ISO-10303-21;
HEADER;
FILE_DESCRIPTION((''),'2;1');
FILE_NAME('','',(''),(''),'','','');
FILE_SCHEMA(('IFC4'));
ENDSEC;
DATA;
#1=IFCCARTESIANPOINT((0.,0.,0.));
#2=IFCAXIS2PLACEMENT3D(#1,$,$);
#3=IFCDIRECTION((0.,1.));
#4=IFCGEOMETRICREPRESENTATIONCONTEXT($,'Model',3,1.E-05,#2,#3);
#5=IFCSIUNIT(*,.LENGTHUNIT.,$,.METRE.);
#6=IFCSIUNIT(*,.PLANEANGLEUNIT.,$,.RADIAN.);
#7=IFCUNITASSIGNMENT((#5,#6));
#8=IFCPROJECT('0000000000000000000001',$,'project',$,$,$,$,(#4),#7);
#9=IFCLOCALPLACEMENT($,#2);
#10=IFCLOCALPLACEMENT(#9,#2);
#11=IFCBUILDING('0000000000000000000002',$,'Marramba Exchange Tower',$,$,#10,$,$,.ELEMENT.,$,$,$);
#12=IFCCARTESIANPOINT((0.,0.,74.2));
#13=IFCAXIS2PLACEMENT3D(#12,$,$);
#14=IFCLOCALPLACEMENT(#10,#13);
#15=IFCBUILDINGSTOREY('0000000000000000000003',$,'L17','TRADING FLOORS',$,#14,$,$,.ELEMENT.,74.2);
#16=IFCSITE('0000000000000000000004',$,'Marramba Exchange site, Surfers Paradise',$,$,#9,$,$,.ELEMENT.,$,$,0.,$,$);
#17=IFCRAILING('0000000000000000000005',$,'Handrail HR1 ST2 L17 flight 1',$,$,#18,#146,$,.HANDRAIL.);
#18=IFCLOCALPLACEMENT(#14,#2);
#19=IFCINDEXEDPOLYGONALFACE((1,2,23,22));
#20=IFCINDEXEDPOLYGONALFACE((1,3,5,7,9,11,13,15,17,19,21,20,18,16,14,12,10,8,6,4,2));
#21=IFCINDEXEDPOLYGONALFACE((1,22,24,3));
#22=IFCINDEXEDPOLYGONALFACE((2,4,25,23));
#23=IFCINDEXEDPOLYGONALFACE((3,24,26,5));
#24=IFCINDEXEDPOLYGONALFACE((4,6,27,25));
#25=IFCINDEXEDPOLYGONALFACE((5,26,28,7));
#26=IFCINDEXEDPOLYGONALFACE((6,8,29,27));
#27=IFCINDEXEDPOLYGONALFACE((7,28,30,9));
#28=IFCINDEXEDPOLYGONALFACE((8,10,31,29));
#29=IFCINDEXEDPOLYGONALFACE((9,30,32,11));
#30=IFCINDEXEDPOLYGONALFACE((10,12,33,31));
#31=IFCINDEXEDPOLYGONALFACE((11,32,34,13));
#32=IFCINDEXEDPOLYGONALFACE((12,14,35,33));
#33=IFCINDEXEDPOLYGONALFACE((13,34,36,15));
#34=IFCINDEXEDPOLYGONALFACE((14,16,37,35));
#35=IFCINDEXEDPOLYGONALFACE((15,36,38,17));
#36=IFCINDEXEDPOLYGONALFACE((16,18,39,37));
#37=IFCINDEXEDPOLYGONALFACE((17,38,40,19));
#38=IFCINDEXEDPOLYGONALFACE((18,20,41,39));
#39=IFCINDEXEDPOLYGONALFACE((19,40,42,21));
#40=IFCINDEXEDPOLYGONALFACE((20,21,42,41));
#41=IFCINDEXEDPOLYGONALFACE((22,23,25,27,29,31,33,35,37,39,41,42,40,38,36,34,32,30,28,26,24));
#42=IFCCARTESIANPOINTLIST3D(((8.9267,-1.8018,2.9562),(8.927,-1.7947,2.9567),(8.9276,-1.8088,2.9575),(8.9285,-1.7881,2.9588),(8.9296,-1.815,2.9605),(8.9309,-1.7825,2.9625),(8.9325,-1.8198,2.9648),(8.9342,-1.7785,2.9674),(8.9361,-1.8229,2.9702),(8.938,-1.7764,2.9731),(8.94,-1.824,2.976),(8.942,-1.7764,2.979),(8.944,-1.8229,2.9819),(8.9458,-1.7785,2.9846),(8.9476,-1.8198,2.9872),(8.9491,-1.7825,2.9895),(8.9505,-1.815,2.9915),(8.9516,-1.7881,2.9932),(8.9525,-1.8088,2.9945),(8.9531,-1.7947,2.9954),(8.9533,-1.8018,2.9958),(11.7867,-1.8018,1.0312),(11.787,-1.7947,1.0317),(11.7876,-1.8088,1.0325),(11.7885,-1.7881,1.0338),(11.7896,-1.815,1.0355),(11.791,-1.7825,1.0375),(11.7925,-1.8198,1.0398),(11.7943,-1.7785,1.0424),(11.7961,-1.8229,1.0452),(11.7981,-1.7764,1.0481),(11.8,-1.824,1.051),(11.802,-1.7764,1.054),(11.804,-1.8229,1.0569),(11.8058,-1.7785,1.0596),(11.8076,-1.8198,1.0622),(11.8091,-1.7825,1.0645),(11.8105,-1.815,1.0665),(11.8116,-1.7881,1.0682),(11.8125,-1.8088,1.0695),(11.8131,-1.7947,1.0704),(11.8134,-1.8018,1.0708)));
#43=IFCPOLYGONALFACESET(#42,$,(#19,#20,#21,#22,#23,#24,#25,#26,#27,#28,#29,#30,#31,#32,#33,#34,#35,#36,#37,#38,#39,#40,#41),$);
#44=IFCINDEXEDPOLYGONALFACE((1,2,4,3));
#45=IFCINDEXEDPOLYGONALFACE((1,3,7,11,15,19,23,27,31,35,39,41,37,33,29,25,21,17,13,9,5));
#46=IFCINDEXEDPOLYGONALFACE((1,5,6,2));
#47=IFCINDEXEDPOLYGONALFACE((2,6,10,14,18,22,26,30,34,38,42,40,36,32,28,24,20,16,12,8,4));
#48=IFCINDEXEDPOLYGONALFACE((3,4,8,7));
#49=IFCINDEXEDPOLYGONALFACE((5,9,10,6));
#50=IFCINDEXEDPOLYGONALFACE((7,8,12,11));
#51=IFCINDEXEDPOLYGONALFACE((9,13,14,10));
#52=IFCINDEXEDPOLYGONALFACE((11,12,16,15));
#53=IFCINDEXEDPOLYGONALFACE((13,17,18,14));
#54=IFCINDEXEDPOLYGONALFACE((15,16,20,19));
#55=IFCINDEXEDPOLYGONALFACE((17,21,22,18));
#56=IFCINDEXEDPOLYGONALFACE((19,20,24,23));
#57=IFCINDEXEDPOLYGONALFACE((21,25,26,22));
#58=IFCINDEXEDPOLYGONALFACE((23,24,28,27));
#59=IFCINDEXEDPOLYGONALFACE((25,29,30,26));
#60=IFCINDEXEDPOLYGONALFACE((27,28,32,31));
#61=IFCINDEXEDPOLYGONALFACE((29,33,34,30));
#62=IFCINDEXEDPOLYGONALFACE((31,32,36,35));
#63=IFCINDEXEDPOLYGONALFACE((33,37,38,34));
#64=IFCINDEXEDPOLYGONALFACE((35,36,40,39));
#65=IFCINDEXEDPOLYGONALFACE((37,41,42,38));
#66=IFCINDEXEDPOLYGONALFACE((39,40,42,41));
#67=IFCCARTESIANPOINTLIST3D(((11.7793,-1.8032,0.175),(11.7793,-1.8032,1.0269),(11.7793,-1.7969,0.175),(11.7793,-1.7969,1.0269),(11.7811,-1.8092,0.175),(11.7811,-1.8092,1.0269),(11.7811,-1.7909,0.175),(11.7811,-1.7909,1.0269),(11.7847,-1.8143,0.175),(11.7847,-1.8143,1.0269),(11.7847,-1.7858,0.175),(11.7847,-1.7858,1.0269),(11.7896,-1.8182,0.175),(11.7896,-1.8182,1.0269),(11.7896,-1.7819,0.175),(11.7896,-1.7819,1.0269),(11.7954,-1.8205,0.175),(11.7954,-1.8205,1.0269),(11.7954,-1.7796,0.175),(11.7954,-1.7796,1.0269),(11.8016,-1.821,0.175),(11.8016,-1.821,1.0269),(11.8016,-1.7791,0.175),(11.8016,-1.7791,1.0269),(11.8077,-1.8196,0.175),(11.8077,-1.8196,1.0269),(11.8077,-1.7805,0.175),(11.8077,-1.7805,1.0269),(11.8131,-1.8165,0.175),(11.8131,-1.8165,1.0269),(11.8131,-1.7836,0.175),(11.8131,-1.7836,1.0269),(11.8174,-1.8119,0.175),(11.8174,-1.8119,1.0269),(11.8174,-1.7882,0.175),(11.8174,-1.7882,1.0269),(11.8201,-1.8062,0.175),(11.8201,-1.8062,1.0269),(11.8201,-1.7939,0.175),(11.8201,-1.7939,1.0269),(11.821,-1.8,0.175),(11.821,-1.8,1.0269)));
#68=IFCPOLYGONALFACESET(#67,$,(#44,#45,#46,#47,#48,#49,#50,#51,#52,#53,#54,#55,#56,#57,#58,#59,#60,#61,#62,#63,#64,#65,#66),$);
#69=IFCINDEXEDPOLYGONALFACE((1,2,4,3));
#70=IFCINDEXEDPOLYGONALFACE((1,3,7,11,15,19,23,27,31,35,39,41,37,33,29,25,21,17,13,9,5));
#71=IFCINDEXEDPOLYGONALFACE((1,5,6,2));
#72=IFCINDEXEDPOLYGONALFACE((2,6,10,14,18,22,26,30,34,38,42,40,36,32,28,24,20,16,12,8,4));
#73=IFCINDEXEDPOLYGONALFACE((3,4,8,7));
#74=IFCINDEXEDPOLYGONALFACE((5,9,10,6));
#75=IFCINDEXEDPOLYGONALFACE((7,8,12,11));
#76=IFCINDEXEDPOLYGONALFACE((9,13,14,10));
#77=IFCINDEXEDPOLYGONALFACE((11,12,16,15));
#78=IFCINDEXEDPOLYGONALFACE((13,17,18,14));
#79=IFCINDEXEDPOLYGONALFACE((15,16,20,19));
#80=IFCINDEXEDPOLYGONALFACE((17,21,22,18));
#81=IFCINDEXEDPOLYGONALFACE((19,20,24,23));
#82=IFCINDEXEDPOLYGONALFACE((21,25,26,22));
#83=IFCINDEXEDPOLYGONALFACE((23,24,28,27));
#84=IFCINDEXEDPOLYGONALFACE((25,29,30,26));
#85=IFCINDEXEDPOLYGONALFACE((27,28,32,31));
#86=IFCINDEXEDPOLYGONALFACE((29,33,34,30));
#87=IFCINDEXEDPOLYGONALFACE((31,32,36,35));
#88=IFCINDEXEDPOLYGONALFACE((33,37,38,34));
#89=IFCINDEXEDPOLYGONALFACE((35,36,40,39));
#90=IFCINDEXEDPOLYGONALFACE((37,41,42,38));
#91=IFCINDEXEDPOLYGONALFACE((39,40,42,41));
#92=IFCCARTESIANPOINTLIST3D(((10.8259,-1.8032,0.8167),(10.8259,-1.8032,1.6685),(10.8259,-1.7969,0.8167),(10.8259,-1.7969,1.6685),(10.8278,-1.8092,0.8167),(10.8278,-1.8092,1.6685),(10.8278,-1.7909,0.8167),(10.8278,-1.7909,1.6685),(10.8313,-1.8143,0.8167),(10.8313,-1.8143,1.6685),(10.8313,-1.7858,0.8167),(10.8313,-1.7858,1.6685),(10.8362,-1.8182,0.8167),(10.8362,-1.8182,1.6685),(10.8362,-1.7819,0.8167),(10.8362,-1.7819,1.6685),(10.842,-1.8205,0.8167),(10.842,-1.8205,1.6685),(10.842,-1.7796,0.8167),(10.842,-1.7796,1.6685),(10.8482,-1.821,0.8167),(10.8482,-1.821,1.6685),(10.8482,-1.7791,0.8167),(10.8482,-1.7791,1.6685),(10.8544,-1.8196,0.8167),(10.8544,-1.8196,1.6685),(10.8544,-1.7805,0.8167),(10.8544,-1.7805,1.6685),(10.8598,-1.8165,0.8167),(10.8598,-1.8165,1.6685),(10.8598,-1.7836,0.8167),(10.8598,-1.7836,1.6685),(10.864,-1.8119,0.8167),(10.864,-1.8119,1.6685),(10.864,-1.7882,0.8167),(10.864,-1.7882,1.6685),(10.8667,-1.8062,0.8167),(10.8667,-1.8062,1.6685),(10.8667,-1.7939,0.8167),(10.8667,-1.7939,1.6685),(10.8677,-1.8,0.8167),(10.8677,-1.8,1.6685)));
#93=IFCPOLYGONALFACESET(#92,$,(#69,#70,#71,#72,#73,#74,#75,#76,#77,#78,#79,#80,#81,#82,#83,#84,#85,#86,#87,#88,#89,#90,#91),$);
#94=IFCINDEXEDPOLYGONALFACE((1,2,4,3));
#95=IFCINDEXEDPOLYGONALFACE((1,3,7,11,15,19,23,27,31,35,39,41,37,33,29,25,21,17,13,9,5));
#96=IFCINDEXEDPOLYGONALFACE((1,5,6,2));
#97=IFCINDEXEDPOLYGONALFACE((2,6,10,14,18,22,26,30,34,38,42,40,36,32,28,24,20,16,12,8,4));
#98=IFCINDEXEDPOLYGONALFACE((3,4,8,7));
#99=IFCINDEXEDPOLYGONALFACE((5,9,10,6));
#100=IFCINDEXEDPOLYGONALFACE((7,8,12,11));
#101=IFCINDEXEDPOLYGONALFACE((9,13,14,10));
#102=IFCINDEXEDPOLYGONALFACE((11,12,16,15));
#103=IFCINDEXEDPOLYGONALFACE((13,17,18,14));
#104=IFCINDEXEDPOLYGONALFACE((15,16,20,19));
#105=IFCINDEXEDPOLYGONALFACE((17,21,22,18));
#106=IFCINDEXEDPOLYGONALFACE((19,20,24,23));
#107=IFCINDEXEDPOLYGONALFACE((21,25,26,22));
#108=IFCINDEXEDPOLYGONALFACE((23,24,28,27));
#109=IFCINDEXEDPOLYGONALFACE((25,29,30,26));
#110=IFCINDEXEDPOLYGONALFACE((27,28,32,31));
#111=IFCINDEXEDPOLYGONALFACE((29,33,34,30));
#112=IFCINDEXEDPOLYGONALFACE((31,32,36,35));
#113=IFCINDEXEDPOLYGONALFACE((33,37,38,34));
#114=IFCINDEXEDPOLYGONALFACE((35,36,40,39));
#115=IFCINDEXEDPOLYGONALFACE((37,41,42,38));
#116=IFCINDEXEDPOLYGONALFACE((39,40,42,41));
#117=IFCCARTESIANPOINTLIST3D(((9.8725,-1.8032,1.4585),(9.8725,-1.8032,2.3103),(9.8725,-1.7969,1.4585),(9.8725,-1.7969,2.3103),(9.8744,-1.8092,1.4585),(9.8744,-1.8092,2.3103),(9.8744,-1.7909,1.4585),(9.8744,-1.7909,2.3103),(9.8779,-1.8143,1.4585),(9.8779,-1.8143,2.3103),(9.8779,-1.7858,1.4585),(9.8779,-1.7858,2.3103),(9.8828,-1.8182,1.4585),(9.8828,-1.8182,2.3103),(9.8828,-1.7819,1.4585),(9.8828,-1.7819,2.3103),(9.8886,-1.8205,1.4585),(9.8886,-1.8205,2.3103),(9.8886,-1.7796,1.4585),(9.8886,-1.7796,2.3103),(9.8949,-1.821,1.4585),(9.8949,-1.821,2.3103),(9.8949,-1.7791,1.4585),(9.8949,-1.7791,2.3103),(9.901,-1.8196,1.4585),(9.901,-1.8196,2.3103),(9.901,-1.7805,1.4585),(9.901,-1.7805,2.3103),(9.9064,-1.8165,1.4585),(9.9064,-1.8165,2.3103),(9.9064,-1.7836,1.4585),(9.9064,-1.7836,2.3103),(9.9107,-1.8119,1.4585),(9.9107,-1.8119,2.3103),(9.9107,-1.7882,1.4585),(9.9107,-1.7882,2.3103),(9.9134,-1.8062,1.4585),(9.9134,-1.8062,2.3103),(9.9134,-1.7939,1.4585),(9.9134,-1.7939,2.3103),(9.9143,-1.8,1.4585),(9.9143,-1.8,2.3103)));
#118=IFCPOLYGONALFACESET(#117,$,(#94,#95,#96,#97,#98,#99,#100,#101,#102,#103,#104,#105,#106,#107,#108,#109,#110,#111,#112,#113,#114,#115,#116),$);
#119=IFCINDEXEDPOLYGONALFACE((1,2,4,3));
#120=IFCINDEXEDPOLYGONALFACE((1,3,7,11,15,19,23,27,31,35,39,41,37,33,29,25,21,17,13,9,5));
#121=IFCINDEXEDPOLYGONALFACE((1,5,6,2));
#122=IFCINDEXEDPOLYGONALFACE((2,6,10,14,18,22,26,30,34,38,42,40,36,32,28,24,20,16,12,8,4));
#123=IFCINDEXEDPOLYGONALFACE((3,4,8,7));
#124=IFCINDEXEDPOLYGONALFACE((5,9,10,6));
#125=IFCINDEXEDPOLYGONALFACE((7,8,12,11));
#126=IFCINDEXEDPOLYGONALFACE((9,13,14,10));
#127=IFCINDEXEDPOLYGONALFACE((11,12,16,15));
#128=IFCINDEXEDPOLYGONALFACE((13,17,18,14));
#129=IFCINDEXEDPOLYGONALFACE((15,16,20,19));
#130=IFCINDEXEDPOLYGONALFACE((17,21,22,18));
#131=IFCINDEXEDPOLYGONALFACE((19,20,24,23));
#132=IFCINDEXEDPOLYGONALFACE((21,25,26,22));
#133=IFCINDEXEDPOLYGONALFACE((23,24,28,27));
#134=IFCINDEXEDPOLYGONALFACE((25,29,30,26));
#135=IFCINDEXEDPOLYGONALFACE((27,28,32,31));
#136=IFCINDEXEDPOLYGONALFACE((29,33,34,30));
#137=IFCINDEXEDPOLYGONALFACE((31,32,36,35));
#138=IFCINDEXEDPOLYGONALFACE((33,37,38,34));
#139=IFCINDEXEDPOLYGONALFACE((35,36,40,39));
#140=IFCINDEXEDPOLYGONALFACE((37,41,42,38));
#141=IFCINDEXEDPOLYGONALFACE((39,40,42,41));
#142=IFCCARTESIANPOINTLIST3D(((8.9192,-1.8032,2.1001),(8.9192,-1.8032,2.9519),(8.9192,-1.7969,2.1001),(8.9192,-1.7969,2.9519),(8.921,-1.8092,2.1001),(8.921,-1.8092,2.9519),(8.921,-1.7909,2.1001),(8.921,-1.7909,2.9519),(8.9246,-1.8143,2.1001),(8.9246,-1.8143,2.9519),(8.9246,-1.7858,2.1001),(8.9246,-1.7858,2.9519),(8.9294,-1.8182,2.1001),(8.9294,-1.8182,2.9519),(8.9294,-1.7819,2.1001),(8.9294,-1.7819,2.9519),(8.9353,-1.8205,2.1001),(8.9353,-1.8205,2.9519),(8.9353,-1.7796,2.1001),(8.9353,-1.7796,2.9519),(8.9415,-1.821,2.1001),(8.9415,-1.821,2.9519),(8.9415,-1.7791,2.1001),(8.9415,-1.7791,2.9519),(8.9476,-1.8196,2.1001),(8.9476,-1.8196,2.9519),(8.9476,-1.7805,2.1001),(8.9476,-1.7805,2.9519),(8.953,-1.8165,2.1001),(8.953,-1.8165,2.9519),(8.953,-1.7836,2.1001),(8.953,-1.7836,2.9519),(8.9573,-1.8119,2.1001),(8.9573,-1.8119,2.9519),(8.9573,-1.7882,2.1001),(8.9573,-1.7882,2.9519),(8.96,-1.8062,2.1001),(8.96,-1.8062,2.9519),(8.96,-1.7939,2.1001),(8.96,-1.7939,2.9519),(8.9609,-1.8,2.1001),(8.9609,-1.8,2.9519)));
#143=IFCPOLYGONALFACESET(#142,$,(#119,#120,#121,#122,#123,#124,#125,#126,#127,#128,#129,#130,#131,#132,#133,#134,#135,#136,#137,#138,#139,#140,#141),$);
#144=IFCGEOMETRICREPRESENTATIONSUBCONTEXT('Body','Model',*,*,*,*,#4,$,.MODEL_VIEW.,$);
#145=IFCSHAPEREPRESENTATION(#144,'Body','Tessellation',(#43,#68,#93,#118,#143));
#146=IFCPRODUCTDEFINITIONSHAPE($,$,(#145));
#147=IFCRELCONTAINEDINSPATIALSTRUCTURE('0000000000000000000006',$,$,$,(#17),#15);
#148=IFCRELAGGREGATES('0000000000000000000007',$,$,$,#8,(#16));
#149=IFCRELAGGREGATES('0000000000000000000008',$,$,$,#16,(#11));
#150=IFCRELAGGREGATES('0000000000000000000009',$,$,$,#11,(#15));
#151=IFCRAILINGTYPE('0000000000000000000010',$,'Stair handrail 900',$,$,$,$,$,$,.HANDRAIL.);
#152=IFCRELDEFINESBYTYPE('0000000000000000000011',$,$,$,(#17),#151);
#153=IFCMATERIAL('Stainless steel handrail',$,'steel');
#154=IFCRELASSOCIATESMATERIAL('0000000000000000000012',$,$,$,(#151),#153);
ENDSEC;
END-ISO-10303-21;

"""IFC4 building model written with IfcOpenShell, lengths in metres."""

from ifc_helpers import new_model, si_unit, direction, frame, origin, origin_2d, place, context, subcontext, project, spatial, circle, extrude, material, type_object, element, save


model = new_model("IFC4")

# Units and contexts
model_context = context("Model", 3, precision=1e-05, world=origin(), true_north=direction((0.0, 1.0)))
body_context = subcontext(model_context, "Body", "Model", "MODEL_VIEW")
ifc_project = project(units=[si_unit("LENGTHUNIT", "METRE"), si_unit("PLANEANGLEUNIT", "RADIAN")], contexts=[model_context])

# Site, building, storey
site_placement = place(None, origin())
site = spatial("IfcSite", under=ifc_project, at=site_placement, Name="Marramba Exchange site, Surfers Paradise", CompositionType="ELEMENT", RefElevation=0.0)
building_placement = place(site_placement, origin())
building = spatial("IfcBuilding", under=site, at=building_placement, Name="Marramba Exchange Tower", CompositionType="ELEMENT")
storey_placement = place(building_placement, frame((0.0, 0.0, 74.2)))
storey = spatial("IfcBuildingStorey", under=building, at=storey_placement, Name="L17", Description="TRADING FLOORS", CompositionType="ELEMENT", Elevation=74.2)

# Railing
ifc_material_1 = material(Name="Stainless steel handrail", Category="steel")
railing_type = type_object("IfcRailingType", Name="Stair handrail 900", PredefinedType="HANDRAIL", material=ifc_material_1)
railing_placement = place(storey_placement, frame((11.8, -1.8, 0.175)))
element("IfcRailing", 1, at=railing_placement, inside=storey, type_object=railing_type, Name="Handrail HR1 ST2 L17 flight 1", PredefinedType="HANDRAIL", context=body_context, shape_type="SweptSolid", body=[
    extrude(circle(Radius=0.0239, at=origin_2d()), frame((0.0, 0.0, 0.876), z_axis=(-0.829591, 0.0, 0.558372), x_axis=(0.0, -1.0, 0.0)), (0.0, 0.0, 1.0), 3.4475),
    extrude(circle(Radius=0.021, at=origin_2d()), origin(), (0.0, 0.0, 1.0), 0.8518),
    extrude(circle(Radius=0.021, at=origin_2d()), frame((-0.9534, 0.0, 0.6416)), (0.0, 0.0, 1.0), 0.8518),
    extrude(circle(Radius=0.021, at=origin_2d()), frame((-1.9067, 0.0, 1.2834)), (0.0, 0.0, 1.0), 0.8518),
    extrude(circle(Radius=0.021, at=origin_2d()), frame((-2.8601, 0.0, 1.925)), (0.0, 0.0, 1.0), 0.8518),
])

save(model, "model.ifc")
